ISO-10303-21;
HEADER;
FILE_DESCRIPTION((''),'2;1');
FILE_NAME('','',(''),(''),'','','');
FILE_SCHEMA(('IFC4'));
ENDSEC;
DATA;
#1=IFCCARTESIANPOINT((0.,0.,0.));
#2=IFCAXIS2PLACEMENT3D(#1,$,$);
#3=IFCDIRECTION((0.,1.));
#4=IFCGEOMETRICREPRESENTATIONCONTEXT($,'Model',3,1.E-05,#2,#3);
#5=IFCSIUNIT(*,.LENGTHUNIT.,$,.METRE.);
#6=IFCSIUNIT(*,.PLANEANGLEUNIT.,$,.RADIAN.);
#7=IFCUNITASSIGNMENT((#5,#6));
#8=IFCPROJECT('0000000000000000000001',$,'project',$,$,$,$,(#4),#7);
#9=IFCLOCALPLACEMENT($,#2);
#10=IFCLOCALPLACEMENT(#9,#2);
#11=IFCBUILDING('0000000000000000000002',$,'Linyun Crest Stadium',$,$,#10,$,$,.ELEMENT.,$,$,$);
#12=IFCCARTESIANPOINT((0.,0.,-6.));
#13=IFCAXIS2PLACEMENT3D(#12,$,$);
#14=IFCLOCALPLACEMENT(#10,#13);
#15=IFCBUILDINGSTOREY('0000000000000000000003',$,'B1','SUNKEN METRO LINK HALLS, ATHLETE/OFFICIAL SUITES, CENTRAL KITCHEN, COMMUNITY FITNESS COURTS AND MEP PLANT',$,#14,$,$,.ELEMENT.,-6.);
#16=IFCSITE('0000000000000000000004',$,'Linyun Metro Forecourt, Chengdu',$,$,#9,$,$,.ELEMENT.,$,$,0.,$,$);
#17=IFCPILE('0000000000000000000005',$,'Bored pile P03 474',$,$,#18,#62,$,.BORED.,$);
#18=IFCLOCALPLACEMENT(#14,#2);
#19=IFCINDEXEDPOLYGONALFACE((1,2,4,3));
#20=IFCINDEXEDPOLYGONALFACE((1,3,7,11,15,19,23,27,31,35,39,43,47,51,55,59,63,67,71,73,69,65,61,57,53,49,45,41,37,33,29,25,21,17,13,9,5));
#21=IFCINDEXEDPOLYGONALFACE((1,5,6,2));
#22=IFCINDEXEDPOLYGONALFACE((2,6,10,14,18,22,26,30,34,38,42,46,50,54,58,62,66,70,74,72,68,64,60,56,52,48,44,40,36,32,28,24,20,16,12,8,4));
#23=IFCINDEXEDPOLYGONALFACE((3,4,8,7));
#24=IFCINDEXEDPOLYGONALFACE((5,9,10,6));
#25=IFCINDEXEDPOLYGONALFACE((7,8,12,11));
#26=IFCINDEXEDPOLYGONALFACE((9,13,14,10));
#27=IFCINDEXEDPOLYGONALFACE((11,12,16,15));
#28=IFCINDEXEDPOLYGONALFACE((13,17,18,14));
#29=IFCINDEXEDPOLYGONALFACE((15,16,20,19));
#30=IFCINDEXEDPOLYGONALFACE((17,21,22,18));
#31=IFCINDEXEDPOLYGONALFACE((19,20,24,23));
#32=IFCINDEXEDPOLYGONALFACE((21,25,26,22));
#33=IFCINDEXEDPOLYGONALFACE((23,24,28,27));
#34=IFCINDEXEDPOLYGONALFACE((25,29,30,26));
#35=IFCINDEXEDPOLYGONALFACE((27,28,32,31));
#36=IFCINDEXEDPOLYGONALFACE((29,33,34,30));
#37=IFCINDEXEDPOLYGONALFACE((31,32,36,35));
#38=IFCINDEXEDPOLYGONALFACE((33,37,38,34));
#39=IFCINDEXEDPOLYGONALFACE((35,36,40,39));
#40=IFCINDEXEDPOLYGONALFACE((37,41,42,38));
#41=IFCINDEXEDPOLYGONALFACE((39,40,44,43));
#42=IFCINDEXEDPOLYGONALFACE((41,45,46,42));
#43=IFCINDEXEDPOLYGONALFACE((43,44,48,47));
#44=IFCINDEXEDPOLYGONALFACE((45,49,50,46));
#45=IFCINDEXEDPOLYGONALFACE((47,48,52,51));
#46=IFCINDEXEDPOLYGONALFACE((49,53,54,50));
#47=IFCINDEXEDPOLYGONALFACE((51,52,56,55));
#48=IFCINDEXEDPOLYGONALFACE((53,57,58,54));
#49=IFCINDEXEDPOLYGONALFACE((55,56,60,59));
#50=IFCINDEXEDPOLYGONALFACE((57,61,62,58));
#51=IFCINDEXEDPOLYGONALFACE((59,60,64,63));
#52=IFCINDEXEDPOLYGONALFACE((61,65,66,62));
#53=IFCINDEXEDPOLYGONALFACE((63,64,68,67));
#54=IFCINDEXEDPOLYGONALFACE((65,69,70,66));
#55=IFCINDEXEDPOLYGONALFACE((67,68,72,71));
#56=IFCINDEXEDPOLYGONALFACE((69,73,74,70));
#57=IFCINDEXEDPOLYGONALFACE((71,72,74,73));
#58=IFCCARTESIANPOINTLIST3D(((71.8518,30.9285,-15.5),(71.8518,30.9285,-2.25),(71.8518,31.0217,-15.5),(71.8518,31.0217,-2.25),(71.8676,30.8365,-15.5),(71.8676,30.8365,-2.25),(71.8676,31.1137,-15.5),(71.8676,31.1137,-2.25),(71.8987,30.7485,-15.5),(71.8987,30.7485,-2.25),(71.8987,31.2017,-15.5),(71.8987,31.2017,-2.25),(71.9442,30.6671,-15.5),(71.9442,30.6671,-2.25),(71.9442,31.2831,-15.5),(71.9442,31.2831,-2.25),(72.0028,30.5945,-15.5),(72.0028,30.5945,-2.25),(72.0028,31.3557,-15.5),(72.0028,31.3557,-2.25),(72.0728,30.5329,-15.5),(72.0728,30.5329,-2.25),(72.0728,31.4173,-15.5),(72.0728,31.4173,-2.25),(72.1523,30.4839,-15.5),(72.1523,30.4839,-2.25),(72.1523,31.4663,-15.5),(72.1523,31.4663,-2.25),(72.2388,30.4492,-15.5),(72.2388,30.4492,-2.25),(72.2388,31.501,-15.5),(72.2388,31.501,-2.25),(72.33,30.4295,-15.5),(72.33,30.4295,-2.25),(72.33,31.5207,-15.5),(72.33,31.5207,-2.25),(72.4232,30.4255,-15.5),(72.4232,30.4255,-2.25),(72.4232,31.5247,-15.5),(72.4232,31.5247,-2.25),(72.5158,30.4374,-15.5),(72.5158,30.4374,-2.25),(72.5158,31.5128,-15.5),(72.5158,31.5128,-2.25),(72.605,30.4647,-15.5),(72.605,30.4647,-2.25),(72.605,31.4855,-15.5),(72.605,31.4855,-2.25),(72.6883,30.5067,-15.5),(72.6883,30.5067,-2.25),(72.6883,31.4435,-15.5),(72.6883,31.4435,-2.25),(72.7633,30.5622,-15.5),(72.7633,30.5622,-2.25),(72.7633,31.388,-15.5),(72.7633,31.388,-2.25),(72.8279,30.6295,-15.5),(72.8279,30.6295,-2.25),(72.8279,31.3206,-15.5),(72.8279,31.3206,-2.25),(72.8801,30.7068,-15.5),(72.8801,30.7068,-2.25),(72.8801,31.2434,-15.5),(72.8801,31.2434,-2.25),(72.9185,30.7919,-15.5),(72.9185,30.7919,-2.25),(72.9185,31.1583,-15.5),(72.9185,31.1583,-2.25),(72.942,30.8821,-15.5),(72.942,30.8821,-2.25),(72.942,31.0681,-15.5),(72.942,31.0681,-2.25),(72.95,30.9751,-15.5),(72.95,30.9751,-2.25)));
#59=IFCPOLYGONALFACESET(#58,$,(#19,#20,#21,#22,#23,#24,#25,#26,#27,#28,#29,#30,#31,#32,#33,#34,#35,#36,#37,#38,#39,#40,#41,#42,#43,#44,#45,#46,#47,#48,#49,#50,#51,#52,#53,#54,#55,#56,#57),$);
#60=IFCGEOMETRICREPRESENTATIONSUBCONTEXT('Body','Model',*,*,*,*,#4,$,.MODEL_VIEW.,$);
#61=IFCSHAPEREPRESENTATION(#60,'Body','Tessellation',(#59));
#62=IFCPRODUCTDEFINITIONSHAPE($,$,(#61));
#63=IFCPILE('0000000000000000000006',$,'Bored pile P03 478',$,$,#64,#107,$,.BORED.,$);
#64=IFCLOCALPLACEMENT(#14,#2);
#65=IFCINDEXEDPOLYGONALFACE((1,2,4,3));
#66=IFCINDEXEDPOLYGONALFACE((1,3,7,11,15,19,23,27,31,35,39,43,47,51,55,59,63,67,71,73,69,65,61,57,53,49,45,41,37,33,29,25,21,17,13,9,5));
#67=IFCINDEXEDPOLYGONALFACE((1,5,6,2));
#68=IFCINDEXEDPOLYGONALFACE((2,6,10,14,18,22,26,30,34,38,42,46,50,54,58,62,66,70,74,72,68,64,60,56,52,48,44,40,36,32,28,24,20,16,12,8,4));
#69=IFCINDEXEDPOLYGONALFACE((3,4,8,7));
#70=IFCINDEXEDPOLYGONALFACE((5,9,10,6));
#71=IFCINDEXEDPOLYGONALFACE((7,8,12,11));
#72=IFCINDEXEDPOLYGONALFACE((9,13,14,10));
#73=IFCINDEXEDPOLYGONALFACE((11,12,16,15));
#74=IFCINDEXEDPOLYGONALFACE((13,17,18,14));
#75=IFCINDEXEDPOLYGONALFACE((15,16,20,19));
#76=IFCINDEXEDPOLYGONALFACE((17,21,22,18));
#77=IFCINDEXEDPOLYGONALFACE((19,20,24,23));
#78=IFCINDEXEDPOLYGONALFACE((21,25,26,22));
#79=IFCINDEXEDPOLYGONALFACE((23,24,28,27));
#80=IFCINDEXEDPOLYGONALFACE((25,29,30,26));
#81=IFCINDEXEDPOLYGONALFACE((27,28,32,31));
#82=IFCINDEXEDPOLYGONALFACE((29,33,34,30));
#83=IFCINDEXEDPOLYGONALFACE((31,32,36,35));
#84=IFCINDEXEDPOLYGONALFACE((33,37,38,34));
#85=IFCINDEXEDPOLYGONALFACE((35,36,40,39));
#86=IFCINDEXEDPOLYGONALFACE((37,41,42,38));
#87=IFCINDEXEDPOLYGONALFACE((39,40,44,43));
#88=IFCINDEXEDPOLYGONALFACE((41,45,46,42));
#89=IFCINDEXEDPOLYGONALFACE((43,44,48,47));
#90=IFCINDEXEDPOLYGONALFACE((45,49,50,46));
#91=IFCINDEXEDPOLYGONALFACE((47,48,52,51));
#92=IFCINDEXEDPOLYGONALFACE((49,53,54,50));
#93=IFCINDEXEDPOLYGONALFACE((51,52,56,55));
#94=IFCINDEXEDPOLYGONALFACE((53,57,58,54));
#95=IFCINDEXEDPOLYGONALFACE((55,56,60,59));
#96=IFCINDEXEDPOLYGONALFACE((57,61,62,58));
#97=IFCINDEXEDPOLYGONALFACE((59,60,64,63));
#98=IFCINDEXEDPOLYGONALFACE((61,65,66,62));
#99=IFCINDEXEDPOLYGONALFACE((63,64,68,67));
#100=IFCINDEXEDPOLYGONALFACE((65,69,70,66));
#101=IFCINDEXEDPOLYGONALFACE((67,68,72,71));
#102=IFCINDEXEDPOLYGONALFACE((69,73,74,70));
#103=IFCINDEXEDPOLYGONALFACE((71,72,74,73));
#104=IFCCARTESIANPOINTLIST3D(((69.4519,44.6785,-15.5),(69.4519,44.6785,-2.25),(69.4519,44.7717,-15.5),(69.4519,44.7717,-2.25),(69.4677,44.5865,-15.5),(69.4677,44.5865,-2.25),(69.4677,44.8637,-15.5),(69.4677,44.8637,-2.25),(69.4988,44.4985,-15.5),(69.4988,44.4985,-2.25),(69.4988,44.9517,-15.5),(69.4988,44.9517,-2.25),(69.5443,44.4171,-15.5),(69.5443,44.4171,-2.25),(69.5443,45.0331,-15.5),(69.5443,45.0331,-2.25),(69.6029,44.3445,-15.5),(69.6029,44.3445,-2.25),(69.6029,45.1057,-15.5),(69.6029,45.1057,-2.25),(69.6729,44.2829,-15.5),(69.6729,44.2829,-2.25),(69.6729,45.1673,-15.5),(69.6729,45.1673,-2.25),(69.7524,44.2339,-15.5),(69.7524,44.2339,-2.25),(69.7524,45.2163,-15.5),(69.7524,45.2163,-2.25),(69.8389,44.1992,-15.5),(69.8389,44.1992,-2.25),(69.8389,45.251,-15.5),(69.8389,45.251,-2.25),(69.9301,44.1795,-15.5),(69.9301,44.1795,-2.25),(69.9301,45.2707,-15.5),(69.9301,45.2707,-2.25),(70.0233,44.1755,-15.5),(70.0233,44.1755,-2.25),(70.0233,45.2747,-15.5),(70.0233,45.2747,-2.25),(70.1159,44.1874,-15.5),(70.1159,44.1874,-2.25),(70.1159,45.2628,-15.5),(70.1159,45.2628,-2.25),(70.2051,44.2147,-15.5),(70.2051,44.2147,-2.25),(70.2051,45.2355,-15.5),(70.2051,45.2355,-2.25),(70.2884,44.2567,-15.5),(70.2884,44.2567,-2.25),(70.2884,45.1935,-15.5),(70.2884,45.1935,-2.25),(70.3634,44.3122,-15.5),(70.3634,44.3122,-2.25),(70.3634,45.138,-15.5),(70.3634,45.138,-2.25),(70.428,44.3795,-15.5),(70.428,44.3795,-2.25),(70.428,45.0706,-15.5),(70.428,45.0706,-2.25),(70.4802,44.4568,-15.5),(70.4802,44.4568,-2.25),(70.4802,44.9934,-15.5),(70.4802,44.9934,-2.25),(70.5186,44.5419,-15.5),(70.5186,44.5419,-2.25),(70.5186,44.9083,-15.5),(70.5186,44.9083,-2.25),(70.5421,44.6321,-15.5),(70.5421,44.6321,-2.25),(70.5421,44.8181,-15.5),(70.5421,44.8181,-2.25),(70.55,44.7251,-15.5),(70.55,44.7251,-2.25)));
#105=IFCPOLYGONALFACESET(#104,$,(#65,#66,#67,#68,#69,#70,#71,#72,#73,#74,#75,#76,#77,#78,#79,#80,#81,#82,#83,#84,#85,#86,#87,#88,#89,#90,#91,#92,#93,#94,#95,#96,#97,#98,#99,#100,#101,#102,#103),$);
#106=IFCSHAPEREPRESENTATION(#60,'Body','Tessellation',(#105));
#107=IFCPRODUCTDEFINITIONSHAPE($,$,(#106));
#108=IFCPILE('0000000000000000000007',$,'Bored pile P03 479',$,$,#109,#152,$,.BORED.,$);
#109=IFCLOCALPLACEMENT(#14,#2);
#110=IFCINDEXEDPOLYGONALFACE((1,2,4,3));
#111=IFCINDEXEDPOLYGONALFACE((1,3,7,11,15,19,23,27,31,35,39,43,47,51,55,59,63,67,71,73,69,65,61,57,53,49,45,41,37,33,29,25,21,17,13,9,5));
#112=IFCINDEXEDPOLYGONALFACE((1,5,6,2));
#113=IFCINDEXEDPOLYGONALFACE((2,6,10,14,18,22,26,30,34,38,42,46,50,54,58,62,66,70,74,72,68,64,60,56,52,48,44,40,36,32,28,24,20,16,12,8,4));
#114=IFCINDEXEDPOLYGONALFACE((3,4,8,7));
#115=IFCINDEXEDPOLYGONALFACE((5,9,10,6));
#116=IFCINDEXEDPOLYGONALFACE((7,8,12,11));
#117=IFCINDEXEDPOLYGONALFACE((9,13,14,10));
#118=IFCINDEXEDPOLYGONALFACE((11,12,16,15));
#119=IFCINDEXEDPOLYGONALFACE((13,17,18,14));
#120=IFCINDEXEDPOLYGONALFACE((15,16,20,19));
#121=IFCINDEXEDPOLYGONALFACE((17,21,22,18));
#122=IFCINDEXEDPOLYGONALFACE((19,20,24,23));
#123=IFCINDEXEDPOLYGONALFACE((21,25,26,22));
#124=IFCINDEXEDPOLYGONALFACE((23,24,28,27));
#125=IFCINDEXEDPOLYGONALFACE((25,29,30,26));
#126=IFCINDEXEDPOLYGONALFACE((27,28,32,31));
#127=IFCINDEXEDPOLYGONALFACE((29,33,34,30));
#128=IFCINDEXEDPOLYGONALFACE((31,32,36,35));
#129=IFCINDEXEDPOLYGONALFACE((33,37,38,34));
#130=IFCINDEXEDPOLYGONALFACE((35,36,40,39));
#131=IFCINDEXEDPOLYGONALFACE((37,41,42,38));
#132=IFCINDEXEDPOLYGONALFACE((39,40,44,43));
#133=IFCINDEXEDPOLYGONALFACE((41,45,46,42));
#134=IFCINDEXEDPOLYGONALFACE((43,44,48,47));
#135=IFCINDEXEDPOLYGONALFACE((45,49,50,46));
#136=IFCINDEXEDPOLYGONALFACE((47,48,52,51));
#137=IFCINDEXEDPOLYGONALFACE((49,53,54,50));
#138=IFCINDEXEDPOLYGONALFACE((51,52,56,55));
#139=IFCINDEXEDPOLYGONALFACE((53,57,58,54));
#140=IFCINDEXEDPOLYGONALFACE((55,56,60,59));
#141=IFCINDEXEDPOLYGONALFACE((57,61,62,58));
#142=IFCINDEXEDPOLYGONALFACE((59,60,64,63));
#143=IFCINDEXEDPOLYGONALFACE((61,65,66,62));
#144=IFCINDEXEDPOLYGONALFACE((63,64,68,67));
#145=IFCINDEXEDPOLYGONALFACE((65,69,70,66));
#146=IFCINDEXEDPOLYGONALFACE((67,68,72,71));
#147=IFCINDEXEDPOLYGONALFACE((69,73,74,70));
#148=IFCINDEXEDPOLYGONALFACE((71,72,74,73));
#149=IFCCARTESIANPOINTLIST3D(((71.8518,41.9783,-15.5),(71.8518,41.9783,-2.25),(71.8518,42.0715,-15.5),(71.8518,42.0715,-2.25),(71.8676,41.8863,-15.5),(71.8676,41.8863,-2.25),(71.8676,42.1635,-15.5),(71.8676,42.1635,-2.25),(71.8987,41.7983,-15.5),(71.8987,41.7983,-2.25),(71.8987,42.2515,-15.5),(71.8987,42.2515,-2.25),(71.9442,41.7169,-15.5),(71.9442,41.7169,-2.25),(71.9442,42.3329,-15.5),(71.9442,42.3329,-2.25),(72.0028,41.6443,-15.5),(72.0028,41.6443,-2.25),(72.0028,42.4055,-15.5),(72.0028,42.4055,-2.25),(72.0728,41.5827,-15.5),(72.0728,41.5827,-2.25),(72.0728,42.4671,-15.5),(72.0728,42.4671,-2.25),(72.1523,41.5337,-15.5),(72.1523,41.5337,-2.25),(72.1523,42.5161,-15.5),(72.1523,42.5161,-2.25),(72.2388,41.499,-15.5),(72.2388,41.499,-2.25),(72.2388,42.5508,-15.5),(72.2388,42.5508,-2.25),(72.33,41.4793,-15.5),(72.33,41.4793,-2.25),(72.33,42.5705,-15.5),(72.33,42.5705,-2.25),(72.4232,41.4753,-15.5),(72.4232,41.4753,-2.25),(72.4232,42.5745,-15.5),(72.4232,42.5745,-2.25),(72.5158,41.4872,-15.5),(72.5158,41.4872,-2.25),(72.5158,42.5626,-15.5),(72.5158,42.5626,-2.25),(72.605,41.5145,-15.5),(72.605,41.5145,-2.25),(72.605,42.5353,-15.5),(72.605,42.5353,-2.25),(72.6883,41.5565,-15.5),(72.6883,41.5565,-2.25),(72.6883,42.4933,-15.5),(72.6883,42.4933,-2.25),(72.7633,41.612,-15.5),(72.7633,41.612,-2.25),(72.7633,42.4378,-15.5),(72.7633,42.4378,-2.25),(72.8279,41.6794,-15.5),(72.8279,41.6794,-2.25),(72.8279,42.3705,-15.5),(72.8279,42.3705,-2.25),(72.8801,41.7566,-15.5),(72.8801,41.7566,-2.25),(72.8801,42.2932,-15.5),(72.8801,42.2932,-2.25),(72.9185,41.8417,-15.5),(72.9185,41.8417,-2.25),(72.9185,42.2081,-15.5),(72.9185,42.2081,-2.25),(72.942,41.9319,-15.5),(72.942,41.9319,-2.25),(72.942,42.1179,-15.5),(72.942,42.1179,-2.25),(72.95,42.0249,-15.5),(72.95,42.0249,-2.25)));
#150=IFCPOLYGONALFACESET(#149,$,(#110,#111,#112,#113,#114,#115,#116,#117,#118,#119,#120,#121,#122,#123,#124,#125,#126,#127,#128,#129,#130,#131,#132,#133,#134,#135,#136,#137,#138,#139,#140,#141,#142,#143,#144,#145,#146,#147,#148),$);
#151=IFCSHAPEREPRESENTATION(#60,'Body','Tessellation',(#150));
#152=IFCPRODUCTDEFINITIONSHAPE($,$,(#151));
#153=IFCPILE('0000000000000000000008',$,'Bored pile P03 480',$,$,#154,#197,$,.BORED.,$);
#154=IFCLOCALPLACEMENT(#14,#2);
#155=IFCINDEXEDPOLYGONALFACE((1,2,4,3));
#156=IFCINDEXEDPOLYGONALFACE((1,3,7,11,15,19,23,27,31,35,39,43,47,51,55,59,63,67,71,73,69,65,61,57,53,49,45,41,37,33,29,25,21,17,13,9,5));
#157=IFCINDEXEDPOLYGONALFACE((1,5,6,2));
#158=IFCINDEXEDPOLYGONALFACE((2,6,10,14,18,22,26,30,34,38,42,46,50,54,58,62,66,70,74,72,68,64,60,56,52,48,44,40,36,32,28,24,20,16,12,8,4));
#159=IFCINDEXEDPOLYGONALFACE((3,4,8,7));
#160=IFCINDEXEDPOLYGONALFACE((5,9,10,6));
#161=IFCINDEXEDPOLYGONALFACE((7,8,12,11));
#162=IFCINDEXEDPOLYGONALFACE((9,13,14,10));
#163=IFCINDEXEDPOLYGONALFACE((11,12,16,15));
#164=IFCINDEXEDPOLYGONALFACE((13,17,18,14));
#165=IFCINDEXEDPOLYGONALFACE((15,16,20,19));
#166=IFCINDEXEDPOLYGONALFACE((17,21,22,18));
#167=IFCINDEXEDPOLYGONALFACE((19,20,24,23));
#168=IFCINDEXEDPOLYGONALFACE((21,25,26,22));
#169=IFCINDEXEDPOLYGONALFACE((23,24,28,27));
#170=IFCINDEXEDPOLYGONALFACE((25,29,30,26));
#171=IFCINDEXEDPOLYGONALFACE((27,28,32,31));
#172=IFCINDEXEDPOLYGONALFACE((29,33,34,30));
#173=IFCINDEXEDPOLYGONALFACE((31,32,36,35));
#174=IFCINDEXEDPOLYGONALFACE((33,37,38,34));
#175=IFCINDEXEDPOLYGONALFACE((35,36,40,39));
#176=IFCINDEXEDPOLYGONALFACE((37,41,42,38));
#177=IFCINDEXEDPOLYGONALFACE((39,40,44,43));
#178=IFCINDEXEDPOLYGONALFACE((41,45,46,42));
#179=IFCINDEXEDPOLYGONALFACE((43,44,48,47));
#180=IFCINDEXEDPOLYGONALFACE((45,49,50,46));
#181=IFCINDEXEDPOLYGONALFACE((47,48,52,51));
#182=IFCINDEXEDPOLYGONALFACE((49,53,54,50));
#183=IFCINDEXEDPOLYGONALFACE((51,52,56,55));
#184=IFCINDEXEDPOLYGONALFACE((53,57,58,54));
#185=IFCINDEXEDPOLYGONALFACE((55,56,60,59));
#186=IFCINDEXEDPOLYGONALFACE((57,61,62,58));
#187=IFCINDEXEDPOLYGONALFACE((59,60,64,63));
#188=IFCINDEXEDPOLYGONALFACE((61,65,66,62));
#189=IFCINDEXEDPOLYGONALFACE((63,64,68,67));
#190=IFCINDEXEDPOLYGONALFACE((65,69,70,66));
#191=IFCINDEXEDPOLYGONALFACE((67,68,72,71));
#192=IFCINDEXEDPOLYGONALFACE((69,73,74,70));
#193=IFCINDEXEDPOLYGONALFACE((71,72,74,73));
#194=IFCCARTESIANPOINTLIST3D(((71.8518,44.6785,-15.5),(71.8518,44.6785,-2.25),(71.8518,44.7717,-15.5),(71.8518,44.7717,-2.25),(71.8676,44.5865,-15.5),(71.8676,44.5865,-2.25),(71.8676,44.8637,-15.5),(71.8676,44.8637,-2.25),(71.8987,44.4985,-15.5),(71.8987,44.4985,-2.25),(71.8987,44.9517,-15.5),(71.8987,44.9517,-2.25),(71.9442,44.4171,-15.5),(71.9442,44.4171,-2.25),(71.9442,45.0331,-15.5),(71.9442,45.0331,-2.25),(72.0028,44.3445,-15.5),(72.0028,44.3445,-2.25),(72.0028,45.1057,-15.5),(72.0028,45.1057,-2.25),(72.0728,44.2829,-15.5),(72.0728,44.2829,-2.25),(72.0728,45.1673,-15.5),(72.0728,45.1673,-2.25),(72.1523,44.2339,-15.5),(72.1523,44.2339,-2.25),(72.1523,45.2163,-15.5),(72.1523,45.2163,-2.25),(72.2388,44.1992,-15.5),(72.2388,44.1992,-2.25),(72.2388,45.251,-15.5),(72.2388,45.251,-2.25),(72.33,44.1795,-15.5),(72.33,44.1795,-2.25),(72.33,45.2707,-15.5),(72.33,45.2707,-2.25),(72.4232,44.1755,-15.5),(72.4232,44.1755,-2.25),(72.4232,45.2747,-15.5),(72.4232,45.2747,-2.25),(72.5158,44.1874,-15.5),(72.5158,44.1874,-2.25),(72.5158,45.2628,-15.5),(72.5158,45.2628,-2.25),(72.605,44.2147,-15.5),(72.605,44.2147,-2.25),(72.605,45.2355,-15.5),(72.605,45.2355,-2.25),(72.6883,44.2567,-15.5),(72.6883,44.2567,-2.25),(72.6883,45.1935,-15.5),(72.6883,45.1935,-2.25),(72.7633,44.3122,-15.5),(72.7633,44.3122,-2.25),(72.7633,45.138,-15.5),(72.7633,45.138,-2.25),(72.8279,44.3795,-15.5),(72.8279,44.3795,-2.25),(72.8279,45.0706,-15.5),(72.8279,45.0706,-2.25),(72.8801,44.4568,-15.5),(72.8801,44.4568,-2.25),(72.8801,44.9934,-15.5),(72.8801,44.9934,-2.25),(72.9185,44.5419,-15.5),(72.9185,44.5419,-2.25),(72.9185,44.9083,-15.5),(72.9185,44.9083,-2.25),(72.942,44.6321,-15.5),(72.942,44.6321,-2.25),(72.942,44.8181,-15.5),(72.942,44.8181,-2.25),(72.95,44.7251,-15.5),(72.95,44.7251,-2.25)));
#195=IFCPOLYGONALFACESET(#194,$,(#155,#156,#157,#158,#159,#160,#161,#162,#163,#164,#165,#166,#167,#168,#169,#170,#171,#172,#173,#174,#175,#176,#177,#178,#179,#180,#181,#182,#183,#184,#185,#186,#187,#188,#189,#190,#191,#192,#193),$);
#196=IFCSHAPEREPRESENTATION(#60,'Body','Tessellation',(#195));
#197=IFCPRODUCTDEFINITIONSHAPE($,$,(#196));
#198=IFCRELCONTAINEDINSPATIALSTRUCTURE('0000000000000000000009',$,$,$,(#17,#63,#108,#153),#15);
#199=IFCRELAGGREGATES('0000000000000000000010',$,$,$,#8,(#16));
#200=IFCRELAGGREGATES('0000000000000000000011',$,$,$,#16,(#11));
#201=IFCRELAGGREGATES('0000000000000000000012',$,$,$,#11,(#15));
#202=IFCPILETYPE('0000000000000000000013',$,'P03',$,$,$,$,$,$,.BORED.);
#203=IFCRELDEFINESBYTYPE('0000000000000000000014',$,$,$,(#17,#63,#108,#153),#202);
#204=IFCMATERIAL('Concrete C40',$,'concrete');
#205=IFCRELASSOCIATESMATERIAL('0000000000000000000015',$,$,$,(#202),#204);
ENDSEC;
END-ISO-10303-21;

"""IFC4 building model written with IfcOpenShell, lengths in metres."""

from ifc_helpers import new_model, si_unit, direction, frame, origin, origin_2d, place, context, subcontext, project, spatial, circle, extrude, material, material_profile, profile_set, type_object, element, save


model = new_model("IFC4")

# Units and contexts
model_context = context("Model", 3, precision=1e-05, world=origin(), true_north=direction((0.0, 1.0)))
body_context = subcontext(model_context, "Body", "Model", "MODEL_VIEW")
ifc_project = project(units=[si_unit("LENGTHUNIT", "METRE"), si_unit("PLANEANGLEUNIT", "RADIAN")], contexts=[model_context])

# Site, building, storey
site_placement = place(None, origin())
site = spatial("IfcSite", under=ifc_project, at=site_placement, Name="Linyun Metro Forecourt, Chengdu", CompositionType="ELEMENT", RefElevation=0.0)
building_placement = place(site_placement, origin())
building = spatial("IfcBuilding", under=site, at=building_placement, Name="Linyun Crest Stadium", CompositionType="ELEMENT")
storey_placement = place(building_placement, frame((0.0, 0.0, -6.0)))
storey = spatial("IfcBuildingStorey", under=building, at=storey_placement, Name="B1", Description="SUNKEN METRO LINK HALLS, ATHLETE/OFFICIAL SUITES, CENTRAL KITCHEN, COMMUNITY FITNESS COURTS AND MEP PLANT", CompositionType="ELEMENT", Elevation=-6.0)

# Piles
ifc_material_1 = material(Name="Concrete C40", Category="concrete")
ifc_material_profile_1 = material_profile(ifc_material_1, circle(Radius=0.55, at=origin_2d()), Name="BORED PILE 1100")
ifc_profile_set_1 = profile_set([ifc_material_profile_1], Name="Concrete C40")
pile_type = type_object("IfcPileType", Name="P03", PredefinedType="BORED", material=ifc_profile_set_1)
for number, where, z_axis, x_axis, name in (
    (1, (72.3999, 30.9751, -2.25), (0.0, 0.0, -1.0), (1.0, 0.0, 0.0), "Bored pile P03 474"),
    (2, (70.0, 44.7251, -2.25), (0.0, 0.0, -1.0), (1.0, 0.0, 0.0), "Bored pile P03 478"),
    (3, (72.3999, 42.0249, -2.25), (0.0, 0.0, -1.0), (1.0, 0.0, 0.0), "Bored pile P03 479"),
    (4, (72.3999, 44.7251, -2.25), (0.0, 0.0, -1.0), (1.0, 0.0, 0.0), "Bored pile P03 480"),
):
    element("IfcPile", number, at=place(storey_placement, frame(where, z_axis=z_axis, x_axis=x_axis)), inside=storey, type_object=pile_type, Name=name, PredefinedType="BORED", context=body_context, shape_type="SweptSolid", body=[
        extrude(circle(Radius=0.55, at=origin_2d()), origin(), (0.0, 0.0, 1.0), 13.25),
    ])

save(model, "model.ifc")
